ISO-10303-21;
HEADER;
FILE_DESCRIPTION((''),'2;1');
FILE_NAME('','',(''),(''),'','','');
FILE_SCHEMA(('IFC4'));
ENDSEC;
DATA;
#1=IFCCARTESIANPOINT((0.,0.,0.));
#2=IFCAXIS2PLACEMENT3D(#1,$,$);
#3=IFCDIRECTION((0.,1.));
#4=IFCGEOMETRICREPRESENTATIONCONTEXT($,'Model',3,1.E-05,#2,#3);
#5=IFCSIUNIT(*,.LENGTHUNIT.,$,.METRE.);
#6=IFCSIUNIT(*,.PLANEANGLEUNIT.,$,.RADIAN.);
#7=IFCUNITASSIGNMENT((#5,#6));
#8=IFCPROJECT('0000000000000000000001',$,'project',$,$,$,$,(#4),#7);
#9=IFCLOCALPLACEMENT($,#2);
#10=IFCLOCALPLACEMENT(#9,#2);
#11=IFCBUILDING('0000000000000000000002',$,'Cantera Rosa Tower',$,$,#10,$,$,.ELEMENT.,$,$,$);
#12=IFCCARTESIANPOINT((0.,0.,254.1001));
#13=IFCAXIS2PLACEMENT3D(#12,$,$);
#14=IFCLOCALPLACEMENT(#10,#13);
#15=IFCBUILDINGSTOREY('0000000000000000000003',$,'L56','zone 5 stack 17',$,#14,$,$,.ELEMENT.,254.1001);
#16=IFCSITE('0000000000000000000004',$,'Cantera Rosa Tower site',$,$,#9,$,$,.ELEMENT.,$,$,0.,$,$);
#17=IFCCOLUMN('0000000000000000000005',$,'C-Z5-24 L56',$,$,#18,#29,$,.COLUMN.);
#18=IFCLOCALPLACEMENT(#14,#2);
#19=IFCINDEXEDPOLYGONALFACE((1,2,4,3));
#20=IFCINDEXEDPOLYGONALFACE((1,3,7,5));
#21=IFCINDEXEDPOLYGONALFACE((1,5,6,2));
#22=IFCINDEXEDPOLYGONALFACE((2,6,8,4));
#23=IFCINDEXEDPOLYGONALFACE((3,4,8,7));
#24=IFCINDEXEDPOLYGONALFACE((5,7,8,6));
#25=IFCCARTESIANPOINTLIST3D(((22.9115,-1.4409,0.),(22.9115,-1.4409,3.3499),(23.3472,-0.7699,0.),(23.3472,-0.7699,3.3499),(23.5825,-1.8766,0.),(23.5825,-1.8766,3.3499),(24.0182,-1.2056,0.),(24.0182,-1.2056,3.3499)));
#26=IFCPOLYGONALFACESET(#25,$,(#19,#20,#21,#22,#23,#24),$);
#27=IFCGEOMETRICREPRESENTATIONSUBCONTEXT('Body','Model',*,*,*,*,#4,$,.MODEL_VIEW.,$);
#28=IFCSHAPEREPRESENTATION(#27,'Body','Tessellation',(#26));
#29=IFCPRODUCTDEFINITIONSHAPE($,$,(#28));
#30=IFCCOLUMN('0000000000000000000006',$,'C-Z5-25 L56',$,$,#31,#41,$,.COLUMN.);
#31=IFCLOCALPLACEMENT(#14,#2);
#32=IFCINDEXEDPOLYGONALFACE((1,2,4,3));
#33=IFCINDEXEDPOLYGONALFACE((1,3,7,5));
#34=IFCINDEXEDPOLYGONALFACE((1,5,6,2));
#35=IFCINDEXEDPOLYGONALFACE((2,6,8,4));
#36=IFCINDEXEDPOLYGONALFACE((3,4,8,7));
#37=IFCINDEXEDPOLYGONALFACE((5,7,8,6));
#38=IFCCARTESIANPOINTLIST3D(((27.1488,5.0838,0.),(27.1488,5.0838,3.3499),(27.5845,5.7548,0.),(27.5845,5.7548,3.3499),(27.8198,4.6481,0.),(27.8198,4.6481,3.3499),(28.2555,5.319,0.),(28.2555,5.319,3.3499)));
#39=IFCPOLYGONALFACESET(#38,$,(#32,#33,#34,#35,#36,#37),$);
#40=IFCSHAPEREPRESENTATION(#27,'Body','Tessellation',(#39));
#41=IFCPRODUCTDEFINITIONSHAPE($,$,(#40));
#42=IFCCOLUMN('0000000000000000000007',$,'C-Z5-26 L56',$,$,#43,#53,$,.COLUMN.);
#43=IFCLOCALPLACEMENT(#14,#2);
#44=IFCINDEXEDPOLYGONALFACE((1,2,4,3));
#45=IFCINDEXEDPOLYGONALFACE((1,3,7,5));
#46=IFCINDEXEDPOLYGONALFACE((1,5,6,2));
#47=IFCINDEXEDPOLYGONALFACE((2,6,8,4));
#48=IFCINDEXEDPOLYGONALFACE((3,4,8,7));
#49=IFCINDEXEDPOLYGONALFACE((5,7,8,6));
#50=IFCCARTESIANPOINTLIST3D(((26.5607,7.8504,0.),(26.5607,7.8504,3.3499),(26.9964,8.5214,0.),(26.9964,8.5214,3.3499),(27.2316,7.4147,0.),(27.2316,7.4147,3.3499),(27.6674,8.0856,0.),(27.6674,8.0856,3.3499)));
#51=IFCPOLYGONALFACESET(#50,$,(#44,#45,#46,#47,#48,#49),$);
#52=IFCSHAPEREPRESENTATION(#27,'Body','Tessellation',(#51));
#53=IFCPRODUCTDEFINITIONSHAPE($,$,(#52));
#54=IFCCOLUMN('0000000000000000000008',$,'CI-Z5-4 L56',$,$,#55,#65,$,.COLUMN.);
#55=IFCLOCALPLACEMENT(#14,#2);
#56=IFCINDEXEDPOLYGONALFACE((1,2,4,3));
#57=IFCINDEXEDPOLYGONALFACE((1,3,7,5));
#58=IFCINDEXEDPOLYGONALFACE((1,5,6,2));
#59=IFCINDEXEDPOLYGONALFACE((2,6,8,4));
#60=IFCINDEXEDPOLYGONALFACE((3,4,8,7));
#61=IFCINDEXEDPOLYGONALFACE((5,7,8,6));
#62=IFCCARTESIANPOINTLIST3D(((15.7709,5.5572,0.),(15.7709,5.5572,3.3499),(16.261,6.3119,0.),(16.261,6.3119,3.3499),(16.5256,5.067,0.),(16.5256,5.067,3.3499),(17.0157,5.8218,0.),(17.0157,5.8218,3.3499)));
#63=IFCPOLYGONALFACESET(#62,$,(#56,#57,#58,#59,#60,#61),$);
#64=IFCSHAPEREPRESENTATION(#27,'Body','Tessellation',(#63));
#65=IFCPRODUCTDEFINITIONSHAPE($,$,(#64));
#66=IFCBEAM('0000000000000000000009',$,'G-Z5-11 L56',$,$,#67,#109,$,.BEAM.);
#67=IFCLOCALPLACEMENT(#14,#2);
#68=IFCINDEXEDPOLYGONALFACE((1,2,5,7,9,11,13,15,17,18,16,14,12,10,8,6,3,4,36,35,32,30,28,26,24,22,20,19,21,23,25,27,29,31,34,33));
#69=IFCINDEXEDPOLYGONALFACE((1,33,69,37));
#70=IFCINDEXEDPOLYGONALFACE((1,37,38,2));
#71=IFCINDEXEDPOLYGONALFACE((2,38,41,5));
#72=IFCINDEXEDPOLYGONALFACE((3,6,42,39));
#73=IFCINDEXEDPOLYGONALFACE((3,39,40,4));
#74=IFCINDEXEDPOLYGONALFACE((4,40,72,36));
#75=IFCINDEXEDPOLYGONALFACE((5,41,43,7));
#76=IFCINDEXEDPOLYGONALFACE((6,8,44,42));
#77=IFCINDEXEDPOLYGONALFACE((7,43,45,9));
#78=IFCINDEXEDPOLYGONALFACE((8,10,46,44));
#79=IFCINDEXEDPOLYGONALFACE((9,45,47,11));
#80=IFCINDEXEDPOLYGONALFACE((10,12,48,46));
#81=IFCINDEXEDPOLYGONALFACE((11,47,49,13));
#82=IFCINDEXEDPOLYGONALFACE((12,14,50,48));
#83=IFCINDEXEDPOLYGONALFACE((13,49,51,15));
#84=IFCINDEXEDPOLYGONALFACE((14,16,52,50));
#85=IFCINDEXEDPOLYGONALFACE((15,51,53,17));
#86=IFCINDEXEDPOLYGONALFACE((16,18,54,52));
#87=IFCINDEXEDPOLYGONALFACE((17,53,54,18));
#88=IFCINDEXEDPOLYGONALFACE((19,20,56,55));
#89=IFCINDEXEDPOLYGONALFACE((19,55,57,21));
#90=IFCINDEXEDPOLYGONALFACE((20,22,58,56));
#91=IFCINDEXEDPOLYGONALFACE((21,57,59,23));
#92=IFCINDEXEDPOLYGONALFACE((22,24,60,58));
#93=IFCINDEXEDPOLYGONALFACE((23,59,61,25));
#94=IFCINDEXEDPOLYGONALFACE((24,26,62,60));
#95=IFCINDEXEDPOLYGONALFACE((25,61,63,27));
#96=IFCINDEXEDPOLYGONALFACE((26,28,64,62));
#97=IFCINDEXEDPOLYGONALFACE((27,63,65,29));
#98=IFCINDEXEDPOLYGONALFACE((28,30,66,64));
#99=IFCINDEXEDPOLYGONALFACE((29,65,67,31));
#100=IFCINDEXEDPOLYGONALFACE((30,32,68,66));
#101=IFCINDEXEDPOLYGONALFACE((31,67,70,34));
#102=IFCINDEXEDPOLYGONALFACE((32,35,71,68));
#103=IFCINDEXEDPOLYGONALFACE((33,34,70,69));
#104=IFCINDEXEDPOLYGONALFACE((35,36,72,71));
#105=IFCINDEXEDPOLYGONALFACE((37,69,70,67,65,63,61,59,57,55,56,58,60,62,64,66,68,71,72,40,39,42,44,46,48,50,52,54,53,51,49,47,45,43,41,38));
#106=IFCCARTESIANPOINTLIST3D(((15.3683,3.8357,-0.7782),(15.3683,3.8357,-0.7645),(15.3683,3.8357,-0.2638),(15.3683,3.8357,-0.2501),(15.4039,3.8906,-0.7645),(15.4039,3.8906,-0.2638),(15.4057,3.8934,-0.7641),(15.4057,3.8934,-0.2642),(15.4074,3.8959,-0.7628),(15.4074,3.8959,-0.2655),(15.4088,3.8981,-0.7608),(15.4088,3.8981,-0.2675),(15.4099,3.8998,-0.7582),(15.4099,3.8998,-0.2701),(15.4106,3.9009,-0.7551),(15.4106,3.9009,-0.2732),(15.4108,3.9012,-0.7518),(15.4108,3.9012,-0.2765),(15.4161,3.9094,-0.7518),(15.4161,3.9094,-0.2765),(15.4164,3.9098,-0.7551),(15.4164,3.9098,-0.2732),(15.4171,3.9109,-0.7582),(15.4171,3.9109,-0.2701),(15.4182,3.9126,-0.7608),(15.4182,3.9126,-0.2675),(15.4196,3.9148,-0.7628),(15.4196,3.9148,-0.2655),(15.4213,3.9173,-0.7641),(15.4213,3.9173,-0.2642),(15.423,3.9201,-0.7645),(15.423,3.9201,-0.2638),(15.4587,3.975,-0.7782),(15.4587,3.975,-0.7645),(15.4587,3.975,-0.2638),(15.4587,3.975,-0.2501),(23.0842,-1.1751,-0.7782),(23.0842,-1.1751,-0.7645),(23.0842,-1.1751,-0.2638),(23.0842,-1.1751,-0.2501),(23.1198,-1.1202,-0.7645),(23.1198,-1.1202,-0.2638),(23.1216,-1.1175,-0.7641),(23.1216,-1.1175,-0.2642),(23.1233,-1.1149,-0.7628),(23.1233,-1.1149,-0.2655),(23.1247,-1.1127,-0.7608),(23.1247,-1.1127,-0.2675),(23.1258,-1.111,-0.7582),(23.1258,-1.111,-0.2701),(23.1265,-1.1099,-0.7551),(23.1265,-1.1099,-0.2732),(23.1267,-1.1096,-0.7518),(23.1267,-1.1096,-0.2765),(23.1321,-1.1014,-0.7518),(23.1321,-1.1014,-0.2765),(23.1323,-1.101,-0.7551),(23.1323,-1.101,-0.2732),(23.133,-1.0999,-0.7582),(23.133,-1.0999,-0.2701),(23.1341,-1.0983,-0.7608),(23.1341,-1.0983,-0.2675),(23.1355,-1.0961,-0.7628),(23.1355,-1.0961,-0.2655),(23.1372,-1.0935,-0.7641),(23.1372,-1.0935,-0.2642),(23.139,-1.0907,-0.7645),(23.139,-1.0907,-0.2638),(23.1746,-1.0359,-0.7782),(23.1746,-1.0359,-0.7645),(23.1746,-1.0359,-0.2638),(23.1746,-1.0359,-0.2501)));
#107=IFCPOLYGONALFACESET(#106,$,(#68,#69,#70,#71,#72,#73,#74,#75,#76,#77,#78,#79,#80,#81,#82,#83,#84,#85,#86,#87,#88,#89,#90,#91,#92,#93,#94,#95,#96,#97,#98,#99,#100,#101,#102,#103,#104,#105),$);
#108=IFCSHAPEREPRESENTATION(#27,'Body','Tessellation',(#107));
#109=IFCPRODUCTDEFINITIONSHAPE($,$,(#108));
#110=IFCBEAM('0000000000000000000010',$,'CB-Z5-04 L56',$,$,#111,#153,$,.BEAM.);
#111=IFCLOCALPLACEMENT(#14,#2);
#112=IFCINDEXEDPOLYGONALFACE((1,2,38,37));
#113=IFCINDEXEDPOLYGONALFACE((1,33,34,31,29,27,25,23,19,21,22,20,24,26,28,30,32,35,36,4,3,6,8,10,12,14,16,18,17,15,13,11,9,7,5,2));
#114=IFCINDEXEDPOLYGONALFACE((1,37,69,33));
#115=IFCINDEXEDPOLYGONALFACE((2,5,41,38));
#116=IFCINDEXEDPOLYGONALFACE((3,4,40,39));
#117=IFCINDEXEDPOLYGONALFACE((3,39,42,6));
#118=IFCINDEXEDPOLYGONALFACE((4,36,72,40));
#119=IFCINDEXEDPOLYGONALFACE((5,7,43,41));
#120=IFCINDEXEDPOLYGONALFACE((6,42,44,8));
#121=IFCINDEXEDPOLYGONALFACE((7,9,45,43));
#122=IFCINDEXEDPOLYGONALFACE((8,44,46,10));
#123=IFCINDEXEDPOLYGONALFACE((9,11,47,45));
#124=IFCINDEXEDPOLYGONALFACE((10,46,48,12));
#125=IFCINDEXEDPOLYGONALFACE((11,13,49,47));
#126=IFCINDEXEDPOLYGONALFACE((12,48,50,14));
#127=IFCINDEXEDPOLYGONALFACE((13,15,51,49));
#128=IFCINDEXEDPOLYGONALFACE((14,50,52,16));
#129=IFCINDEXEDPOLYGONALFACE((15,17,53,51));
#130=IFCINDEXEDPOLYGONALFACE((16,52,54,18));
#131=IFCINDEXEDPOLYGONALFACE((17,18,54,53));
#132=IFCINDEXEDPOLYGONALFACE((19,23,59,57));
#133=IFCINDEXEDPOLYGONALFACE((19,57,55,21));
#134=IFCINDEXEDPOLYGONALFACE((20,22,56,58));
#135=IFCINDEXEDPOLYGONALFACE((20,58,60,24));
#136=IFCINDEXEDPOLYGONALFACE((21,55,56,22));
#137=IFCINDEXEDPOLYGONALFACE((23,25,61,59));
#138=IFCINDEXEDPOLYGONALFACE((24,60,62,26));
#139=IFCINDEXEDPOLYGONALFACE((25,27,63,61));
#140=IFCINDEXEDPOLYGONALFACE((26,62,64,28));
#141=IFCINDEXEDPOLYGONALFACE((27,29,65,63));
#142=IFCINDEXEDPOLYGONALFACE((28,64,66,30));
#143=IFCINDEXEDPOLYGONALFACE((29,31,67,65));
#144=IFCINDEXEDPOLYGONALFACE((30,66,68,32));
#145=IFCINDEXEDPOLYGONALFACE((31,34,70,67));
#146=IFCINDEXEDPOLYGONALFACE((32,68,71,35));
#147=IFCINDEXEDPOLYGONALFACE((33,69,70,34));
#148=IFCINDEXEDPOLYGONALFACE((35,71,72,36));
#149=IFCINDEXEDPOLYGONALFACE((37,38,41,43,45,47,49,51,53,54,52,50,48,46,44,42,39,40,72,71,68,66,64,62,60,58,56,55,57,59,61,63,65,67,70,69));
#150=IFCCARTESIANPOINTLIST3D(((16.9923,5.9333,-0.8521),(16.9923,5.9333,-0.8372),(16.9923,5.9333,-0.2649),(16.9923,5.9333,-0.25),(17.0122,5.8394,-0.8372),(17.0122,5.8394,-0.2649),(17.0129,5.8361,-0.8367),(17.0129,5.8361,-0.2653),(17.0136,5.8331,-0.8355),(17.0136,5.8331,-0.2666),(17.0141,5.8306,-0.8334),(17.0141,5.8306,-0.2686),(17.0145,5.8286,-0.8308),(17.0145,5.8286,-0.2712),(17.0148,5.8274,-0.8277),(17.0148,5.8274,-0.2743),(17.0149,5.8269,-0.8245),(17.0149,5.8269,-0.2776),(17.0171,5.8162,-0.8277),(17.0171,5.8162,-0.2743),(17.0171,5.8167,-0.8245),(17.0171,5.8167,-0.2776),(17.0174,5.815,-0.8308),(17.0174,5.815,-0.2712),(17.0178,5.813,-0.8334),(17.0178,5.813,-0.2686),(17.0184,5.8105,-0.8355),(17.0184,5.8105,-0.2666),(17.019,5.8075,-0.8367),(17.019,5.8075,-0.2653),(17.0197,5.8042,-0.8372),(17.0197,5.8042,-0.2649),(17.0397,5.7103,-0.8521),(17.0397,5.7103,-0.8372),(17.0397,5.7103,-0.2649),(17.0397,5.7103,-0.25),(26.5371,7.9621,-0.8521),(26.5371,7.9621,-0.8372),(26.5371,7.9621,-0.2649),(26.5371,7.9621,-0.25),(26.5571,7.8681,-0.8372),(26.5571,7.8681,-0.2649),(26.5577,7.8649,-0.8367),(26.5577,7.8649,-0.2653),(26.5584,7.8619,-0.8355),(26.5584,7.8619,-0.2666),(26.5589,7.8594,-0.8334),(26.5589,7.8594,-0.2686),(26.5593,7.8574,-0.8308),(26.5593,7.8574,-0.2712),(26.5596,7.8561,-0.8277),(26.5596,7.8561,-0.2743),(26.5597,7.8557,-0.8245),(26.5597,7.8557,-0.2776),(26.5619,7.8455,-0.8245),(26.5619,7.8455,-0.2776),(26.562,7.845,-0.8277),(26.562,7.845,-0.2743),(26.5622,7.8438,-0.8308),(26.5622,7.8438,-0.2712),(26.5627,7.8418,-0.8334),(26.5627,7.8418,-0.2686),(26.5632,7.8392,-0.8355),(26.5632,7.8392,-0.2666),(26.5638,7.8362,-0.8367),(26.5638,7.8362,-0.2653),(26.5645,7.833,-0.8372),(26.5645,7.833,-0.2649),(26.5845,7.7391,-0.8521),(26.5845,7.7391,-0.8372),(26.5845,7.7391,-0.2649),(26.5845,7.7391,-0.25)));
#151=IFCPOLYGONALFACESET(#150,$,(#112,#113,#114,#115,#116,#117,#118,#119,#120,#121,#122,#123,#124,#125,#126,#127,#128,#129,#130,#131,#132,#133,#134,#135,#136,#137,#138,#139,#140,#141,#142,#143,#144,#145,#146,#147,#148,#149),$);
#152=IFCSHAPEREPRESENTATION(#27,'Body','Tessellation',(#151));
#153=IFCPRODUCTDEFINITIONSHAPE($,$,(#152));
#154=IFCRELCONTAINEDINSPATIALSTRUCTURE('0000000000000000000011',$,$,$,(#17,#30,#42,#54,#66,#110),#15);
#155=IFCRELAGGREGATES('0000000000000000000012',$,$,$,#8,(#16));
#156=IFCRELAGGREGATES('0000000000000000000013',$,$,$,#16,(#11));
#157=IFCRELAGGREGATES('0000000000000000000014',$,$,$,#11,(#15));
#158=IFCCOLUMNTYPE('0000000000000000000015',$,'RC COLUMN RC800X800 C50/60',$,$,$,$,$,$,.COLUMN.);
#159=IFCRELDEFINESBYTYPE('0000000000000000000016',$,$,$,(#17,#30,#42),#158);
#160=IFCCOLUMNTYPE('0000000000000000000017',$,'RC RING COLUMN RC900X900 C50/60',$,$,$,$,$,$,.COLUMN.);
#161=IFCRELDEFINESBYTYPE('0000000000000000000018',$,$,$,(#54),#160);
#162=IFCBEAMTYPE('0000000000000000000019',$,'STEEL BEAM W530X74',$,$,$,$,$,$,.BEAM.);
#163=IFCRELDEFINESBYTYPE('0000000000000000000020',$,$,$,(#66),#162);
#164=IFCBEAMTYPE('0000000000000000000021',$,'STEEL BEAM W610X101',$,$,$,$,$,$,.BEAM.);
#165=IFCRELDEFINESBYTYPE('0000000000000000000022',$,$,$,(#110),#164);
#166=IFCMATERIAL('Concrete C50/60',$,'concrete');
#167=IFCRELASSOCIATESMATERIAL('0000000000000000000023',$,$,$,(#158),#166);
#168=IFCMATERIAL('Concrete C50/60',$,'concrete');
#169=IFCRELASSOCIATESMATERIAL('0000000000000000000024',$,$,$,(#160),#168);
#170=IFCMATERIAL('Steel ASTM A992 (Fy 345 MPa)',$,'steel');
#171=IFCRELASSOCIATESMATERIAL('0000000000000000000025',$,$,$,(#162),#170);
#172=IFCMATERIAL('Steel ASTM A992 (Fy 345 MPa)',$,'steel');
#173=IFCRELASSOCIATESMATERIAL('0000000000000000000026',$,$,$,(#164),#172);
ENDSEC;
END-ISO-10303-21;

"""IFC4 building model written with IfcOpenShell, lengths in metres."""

from ifc_helpers import new_model, si_unit, direction, frame, origin, origin_2d, place, context, subcontext, project, spatial, rectangle, i_section, extrude, material, material_profile, profile_set, type_object, element, save


model = new_model("IFC4")

# Units and contexts
model_context = context("Model", 3, precision=1e-05, world=origin(), true_north=direction((0.0, 1.0)))
body_context = subcontext(model_context, "Body", "Model", "MODEL_VIEW")
ifc_project = project(units=[si_unit("LENGTHUNIT", "METRE"), si_unit("PLANEANGLEUNIT", "RADIAN")], contexts=[model_context])

# Site, building, storey
site_placement = place(None, origin())
site = spatial("IfcSite", under=ifc_project, at=site_placement, Name="Cantera Rosa Tower site", CompositionType="ELEMENT", RefElevation=0.0)
building_placement = place(site_placement, origin())
building = spatial("IfcBuilding", under=site, at=building_placement, Name="Cantera Rosa Tower", CompositionType="ELEMENT")
storey_placement = place(building_placement, frame((0.0, 0.0, 254.1001)))
storey = spatial("IfcBuildingStorey", under=building, at=storey_placement, Name="L56", Description="zone 5 stack 17", CompositionType="ELEMENT", Elevation=254.1001)

# Columns
ifc_material_1 = material(Name="Concrete C50/60", Category="concrete")
ifc_material_profile_1 = material_profile(ifc_material_1, rectangle(XDim=0.8, YDim=0.8, at=origin_2d()), Name="RC COLUMN RC800X800 C50/60")
ifc_profile_set_1 = profile_set([ifc_material_profile_1], Name="Concrete C50/60")
column_type_1 = type_object("IfcColumnType", Name="RC COLUMN RC800X800 C50/60", PredefinedType="COLUMN", material=ifc_profile_set_1)
for number, where, z_axis, x_axis, name in (
    (1, (23.4648, -1.3232, 0.0), (0.0, 0.0, 1.0), (0.544639, 0.838671, 0.0), "C-Z5-24 L56"),
    (2, (27.7021, 5.2014, 0.0), (0.0, 0.0, 1.0), (0.544639, 0.838671, 0.0), "C-Z5-25 L56"),
    (3, (27.114, 7.968, 0.0), (0.0, 0.0, 1.0), (0.544639, 0.838671, 0.0), "C-Z5-26 L56"),
):
    element("IfcColumn", number, at=place(storey_placement, frame(where, z_axis=z_axis, x_axis=x_axis)), inside=storey, type_object=column_type_1, Name=name, PredefinedType="COLUMN", context=body_context, shape_type="SweptSolid", body=[
        extrude(rectangle(XDim=0.8, YDim=0.8, at=origin_2d()), origin(), (0.0, 0.0, 1.0), 3.3499),
    ])
ifc_material_2 = material(Name="Concrete C50/60", Category="concrete")
ifc_material_profile_2 = material_profile(ifc_material_2, rectangle(XDim=0.8999, YDim=0.8999, at=origin_2d()), Name="RC RING COLUMN RC900X900 C50/60")
ifc_profile_set_2 = profile_set([ifc_material_profile_2], Name="Concrete C50/60")
column_type_2 = type_object("IfcColumnType", Name="RC RING COLUMN RC900X900 C50/60", PredefinedType="COLUMN", material=ifc_profile_set_2)
column_placement = place(storey_placement, frame((16.3933, 5.6895, 0.0), z_axis=(0.0, 0.0, 1.0), x_axis=(0.544639, 0.838671, 0.0)))
element("IfcColumn", 4, at=column_placement, inside=storey, type_object=column_type_2, Name="CI-Z5-4 L56", PredefinedType="COLUMN", context=body_context, shape_type="SweptSolid", body=[
    extrude(rectangle(XDim=0.8999, YDim=0.8999, at=origin_2d()), origin(), (0.0, 0.0, 1.0), 3.3499),
])

# Beams
ifc_material_3 = material(Name="Steel ASTM A992 (Fy 345 MPa)", Category="steel")
ifc_material_profile_3 = material_profile(ifc_material_3, i_section(OverallWidth=0.166, OverallDepth=0.5281, WebThickness=0.0098, FlangeThickness=0.0137, FilletRadius=0.0127, at=origin_2d()), Name="W530X74")
ifc_profile_set_3 = profile_set([ifc_material_profile_3], Name="Steel ASTM A992 (Fy 345 MPa)")
beam_type_1 = type_object("IfcBeamType", Name="STEEL BEAM W530X74", PredefinedType="BEAM", material=ifc_profile_set_3)
beam_1_placement = place(storey_placement, frame((23.1294, -1.1055, -0.5142), z_axis=(-0.838669, 0.544641, 0.0), x_axis=(-0.544641, -0.838669, 0.0)))
element("IfcBeam", 5, at=beam_1_placement, inside=storey, type_object=beam_type_1, Name="G-Z5-11 L56", PredefinedType="BEAM", context=body_context, shape_type="SweptSolid", body=[
    extrude(i_section(OverallWidth=0.166, OverallDepth=0.5281, WebThickness=0.0098, FlangeThickness=0.0137, FilletRadius=0.0127, at=origin_2d()), origin(), (0.0, 0.0, 1.0), 9.2002),
])
ifc_material_4 = material(Name="Steel ASTM A992 (Fy 345 MPa)", Category="steel")
ifc_material_profile_4 = material_profile(ifc_material_4, i_section(OverallWidth=0.228, OverallDepth=0.6021, WebThickness=0.0105, FlangeThickness=0.0149, FilletRadius=0.0127, at=origin_2d()), Name="W610X101")
ifc_profile_set_4 = profile_set([ifc_material_profile_4], Name="Steel ASTM A992 (Fy 345 MPa)")
beam_type_2 = type_object("IfcBeamType", Name="STEEL BEAM W610X101", PredefinedType="BEAM", material=ifc_profile_set_4)
beam_2_placement = place(storey_placement, frame((26.5608, 7.8506, -0.551), z_axis=(-0.978148, -0.207909, 0.0), x_axis=(0.207909, -0.978148, 0.0)))
element("IfcBeam", 6, at=beam_2_placement, inside=storey, type_object=beam_type_2, Name="CB-Z5-04 L56", PredefinedType="BEAM", context=body_context, shape_type="SweptSolid", body=[
    extrude(i_section(OverallWidth=0.228, OverallDepth=0.6021, WebThickness=0.0105, FlangeThickness=0.0149, FilletRadius=0.0127, at=origin_2d()), origin(), (0.0, 0.0, 1.0), 9.7581),
])

save(model, "model.ifc")
